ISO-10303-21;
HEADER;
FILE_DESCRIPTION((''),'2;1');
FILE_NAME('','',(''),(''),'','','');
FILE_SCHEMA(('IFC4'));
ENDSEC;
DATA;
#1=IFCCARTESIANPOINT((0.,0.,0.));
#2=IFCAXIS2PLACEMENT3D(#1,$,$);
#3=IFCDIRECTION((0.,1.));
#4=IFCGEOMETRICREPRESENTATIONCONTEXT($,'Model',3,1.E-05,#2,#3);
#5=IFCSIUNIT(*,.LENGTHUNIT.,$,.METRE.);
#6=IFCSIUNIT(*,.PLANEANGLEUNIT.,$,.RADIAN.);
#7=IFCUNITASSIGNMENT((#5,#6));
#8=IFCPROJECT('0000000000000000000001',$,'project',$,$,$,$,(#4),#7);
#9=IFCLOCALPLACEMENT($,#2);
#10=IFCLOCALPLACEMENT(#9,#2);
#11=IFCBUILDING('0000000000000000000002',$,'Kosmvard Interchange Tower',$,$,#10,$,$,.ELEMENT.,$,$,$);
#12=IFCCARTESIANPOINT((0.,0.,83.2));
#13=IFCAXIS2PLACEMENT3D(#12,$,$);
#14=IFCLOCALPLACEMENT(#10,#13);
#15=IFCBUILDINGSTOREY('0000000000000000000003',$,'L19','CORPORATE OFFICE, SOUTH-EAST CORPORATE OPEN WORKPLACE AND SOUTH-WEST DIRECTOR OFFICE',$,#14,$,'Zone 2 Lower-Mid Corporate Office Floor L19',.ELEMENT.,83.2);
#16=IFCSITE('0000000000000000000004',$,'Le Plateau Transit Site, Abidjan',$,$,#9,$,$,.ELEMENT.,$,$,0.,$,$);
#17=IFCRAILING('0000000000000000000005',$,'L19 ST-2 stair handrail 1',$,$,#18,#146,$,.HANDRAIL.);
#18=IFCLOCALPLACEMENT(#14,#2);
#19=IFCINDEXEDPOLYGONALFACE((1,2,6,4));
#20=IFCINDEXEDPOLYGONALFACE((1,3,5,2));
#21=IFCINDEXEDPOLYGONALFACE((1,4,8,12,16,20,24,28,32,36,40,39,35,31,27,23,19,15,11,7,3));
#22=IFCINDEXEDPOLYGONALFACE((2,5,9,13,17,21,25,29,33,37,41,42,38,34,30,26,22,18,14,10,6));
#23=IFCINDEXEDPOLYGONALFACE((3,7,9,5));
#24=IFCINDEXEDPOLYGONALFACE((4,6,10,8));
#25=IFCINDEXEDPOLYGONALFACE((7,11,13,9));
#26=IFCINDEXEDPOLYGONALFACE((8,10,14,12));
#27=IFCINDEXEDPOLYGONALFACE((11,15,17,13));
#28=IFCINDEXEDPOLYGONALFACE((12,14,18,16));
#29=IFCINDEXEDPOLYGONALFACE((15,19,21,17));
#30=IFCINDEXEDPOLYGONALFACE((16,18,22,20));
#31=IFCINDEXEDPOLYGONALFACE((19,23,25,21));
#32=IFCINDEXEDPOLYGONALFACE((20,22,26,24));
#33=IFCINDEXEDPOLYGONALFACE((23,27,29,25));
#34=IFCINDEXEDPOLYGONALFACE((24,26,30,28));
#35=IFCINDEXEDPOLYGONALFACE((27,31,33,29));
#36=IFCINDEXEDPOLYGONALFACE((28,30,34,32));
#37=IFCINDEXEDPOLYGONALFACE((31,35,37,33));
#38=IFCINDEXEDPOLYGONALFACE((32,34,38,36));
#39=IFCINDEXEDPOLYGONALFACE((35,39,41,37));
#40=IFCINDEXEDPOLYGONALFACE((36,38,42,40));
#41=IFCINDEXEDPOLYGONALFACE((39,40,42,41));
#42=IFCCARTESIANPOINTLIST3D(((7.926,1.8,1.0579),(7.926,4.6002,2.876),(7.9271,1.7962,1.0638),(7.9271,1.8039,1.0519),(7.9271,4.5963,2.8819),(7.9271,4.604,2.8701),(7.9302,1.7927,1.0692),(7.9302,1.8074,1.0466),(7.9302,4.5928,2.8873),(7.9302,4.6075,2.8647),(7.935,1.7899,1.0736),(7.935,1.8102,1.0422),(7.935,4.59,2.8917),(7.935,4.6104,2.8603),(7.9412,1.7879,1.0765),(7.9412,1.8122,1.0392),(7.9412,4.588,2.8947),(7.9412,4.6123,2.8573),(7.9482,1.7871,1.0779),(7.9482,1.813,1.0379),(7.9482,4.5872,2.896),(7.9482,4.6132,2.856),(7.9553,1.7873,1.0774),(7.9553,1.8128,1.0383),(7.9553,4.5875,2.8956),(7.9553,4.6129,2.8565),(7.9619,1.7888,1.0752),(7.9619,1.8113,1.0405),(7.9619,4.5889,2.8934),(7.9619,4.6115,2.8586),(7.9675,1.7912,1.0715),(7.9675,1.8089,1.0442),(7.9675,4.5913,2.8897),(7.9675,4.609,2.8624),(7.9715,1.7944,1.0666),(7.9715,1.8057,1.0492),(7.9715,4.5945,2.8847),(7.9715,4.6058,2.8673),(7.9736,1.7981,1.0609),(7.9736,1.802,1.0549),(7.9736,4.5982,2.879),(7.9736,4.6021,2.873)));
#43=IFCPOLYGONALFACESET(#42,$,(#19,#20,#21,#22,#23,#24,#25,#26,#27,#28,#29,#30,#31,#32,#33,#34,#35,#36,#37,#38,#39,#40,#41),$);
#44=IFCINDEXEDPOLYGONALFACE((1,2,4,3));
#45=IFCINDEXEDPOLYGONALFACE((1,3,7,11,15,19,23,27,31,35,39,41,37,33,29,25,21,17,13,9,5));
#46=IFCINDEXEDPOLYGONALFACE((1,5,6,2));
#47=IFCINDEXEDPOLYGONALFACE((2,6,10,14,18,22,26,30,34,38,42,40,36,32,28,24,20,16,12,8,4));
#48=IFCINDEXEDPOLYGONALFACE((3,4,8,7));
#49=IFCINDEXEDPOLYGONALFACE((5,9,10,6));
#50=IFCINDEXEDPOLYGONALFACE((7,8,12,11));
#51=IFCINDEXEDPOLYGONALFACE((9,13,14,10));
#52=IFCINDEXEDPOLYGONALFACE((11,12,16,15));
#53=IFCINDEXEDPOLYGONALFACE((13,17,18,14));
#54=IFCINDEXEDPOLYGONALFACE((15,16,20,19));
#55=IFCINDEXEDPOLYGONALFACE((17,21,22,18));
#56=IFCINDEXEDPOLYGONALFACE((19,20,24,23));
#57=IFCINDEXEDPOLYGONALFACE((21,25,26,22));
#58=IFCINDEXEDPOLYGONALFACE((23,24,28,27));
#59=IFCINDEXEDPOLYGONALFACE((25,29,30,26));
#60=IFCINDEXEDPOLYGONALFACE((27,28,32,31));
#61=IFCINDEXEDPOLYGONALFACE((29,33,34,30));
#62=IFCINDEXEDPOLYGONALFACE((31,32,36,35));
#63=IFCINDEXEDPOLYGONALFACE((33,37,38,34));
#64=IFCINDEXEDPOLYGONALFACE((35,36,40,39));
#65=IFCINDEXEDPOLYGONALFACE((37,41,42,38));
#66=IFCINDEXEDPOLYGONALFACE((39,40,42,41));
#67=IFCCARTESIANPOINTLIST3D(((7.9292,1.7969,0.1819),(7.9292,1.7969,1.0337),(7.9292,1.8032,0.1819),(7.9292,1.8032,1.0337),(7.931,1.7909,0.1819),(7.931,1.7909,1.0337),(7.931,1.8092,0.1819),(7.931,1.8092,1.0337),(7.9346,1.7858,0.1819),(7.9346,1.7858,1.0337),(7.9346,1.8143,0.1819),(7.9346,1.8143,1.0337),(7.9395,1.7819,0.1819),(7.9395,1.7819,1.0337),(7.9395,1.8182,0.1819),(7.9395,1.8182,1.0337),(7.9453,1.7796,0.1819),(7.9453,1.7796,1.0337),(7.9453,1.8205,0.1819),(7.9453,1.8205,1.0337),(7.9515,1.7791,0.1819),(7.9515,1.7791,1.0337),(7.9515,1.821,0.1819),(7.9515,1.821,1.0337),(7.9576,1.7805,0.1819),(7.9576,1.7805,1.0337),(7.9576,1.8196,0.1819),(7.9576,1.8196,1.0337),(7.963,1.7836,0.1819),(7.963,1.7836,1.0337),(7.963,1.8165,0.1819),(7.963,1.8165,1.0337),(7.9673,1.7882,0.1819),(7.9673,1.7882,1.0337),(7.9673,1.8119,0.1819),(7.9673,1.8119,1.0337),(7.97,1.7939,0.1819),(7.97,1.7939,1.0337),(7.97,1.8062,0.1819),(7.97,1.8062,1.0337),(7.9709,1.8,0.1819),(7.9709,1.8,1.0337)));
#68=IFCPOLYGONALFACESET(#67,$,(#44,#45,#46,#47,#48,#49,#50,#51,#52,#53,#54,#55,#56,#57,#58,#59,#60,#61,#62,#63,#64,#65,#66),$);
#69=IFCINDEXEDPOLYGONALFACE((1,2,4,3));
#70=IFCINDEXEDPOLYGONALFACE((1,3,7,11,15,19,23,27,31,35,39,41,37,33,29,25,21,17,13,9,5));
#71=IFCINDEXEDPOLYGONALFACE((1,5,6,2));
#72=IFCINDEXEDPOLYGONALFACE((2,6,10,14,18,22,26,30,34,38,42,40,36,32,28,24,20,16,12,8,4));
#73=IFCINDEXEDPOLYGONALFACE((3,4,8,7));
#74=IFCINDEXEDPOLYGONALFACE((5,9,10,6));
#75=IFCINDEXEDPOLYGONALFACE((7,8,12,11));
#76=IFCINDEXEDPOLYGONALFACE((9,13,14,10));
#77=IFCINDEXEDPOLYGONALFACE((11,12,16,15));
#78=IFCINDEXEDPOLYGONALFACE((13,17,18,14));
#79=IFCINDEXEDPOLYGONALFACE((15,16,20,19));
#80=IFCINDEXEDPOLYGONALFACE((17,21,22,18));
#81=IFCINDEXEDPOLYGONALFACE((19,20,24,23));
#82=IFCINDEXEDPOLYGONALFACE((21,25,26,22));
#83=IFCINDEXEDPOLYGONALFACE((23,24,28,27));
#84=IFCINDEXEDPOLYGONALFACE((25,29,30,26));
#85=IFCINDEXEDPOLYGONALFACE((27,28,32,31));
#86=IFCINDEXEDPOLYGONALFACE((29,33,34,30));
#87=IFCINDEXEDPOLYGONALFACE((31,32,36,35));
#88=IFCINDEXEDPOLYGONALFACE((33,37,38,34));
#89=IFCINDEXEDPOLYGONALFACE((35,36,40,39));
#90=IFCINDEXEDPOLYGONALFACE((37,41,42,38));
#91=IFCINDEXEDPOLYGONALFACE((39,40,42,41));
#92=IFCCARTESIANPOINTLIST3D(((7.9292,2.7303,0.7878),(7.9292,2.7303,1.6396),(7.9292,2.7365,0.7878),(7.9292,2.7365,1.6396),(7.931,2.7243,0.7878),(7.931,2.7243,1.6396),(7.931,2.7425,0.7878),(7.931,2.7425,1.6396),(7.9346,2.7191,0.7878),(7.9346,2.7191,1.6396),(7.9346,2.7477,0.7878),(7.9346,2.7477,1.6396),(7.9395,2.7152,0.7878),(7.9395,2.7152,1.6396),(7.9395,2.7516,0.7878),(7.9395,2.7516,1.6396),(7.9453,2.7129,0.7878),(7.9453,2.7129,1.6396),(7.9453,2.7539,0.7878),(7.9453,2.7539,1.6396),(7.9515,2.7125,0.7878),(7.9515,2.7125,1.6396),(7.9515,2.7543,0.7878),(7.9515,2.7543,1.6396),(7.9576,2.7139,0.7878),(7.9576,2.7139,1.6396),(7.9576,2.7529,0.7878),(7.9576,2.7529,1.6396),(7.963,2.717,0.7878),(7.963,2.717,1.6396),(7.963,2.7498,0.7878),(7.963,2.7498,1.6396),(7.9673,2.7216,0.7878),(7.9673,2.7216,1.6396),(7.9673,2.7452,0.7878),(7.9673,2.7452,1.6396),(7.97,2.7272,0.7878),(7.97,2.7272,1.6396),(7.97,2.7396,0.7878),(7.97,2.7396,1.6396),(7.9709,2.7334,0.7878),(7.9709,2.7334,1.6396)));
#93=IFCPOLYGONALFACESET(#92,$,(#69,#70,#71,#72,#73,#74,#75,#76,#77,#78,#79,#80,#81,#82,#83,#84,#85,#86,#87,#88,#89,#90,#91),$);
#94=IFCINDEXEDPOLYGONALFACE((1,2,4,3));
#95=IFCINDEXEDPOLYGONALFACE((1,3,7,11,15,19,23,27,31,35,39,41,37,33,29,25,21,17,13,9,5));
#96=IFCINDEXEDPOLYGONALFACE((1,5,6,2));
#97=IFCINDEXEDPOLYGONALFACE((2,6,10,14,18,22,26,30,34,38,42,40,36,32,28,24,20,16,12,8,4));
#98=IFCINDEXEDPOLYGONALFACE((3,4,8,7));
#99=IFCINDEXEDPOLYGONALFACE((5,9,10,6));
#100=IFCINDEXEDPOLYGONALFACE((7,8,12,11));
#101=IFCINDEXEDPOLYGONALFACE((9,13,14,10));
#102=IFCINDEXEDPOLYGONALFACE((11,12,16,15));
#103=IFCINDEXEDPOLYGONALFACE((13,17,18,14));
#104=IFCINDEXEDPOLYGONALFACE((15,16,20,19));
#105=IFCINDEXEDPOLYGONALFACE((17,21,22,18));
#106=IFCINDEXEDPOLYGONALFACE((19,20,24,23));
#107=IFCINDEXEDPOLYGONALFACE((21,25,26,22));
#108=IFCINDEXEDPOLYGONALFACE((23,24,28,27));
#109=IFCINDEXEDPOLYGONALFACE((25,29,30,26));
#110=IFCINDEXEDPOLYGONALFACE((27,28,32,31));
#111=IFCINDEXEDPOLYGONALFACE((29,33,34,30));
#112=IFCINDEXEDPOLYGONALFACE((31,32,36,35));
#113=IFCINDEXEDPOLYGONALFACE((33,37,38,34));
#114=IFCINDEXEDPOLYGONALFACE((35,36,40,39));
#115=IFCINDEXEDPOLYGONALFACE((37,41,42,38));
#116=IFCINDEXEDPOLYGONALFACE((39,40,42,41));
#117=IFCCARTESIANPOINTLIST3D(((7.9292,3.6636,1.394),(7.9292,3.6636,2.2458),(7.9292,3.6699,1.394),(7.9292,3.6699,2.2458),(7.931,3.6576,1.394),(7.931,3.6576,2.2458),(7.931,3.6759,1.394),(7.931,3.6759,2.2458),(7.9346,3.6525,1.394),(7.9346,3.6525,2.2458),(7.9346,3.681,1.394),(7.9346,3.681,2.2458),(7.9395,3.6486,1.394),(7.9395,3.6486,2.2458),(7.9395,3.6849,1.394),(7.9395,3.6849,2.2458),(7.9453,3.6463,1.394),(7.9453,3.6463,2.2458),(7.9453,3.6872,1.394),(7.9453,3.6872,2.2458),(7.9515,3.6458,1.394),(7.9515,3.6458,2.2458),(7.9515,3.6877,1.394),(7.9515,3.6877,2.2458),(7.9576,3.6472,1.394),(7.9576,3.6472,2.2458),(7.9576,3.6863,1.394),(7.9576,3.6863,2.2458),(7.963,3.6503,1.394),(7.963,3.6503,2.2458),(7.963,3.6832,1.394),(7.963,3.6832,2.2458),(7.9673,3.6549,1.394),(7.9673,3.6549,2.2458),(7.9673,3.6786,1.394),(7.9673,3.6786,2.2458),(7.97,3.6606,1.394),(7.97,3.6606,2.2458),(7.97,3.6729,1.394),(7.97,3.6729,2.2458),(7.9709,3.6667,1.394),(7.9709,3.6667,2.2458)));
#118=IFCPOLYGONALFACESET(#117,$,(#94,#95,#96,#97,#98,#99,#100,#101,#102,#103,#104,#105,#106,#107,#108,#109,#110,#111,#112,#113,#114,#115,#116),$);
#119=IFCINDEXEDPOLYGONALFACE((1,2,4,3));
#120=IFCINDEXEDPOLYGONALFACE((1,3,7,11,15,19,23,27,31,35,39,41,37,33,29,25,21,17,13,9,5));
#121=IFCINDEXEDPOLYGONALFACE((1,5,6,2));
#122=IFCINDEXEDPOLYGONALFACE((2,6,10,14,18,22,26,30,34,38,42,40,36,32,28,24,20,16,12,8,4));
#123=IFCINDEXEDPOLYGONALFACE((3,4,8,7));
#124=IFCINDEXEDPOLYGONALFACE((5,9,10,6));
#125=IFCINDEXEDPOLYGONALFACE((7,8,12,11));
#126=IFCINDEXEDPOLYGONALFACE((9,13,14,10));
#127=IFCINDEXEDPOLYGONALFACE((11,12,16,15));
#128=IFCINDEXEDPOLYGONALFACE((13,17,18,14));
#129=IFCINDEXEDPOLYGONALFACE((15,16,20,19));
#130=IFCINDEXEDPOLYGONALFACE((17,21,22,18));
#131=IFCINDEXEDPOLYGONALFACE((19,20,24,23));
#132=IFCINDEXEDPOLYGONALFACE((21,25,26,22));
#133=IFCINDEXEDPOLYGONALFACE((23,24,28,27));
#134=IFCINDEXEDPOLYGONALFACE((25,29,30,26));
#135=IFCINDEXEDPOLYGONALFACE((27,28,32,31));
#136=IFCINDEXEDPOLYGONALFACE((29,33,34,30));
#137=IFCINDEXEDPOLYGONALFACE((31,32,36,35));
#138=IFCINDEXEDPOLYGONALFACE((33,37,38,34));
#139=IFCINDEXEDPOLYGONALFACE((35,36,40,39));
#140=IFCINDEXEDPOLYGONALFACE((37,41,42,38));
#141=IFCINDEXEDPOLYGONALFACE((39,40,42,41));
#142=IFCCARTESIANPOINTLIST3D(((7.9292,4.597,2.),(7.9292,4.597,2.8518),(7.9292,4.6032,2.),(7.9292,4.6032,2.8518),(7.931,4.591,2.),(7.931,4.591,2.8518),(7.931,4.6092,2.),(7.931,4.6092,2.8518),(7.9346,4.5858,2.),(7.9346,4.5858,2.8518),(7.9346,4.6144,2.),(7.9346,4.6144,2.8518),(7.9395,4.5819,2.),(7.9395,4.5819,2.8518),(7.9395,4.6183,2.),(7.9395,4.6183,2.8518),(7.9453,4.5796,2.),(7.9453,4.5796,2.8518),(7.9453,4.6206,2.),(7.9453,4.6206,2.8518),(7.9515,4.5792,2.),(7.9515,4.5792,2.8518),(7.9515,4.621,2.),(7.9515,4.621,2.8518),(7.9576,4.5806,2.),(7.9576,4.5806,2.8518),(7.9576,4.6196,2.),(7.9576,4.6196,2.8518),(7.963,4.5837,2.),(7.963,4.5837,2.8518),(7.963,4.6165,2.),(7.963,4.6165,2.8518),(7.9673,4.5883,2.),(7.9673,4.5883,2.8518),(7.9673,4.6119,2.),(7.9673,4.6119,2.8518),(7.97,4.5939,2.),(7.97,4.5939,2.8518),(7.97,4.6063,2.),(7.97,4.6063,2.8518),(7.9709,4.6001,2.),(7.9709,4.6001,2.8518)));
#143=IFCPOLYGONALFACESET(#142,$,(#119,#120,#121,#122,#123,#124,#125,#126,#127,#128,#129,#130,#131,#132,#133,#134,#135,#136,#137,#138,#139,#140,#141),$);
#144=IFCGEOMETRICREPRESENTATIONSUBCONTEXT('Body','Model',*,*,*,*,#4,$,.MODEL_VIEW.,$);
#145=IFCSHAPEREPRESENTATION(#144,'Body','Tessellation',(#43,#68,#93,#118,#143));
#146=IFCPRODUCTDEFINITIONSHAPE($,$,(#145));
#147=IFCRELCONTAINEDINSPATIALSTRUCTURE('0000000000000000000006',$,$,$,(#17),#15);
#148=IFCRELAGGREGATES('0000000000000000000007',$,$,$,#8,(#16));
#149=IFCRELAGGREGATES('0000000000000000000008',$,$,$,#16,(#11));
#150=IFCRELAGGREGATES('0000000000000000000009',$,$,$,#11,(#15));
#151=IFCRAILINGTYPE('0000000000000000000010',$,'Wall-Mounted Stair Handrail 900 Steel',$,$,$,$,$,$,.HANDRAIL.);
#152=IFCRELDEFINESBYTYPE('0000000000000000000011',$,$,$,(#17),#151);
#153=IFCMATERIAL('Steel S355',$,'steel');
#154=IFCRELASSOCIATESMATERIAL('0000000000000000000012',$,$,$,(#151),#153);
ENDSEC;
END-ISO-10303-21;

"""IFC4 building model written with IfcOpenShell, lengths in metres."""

from ifc_helpers import new_model, si_unit, direction, frame, origin, origin_2d, place, context, subcontext, project, spatial, circle, extrude, source, transform, mapped, material, type_object, element, save


model = new_model("IFC4")

# Units and contexts
model_context = context("Model", 3, precision=1e-05, world=origin(), true_north=direction((0.0, 1.0)))
body_context = subcontext(model_context, "Body", "Model", "MODEL_VIEW")
ifc_project = project(units=[si_unit("LENGTHUNIT", "METRE"), si_unit("PLANEANGLEUNIT", "RADIAN")], contexts=[model_context])

# Site, building, storey
site_placement = place(None, origin())
site = spatial("IfcSite", under=ifc_project, at=site_placement, Name="Le Plateau Transit Site, Abidjan", CompositionType="ELEMENT", RefElevation=0.0)
building_placement = place(site_placement, origin())
building = spatial("IfcBuilding", under=site, at=building_placement, Name="Kosmvard Interchange Tower", CompositionType="ELEMENT")
storey_placement = place(building_placement, frame((0.0, 0.0, 83.2)))
storey = spatial("IfcBuildingStorey", under=building, at=storey_placement, Name="L19", Description="CORPORATE OFFICE, SOUTH-EAST CORPORATE OPEN WORKPLACE AND SOUTH-WEST DIRECTOR OFFICE", LongName="Zone 2 Lower-Mid Corporate Office Floor L19", CompositionType="ELEMENT", Elevation=83.2)

# Shared definitions
ifc_material_1 = material(Name="Steel S355", Category="steel")

# Railing
railing_type_1 = type_object("IfcRailingType", Name="Wall-Mounted Stair Handrail 900 Steel", PredefinedType="HANDRAIL", material=ifc_material_1)
shared_shape_1 = source(origin(), body_context, "Body", "SweptSolid", [
    extrude(circle(Radius=0.0239, at=origin_2d()), frame((0.0, 0.0, 0.876), z_axis=(0.0, 0.838706, 0.544585), x_axis=(-1.0, 0.0, 0.0)), (0.0, 0.0, 1.0), 3.3386),
    extrude(circle(Radius=0.021, at=origin_2d()), origin(), (0.0, 0.0, 1.0), 0.8518),
    extrude(circle(Radius=0.021, at=origin_2d()), frame((0.0, 0.9333, 0.606)), (0.0, 0.0, 1.0), 0.8518),
    extrude(circle(Radius=0.021, at=origin_2d()), frame((0.0, 1.8667, 1.2122)), (0.0, 0.0, 1.0), 0.8518),
    extrude(circle(Radius=0.021, at=origin_2d()), frame((0.0, 2.8, 1.8181)), (0.0, 0.0, 1.0), 0.8518),
])
railing_1_placement = place(storey_placement, frame((7.95, 1.8, 0.1819)))
element("IfcRailing", 1, at=railing_1_placement, inside=storey, type_object=railing_type_1, Name="L19 ST-2 stair handrail 1", PredefinedType="HANDRAIL", context=body_context, shape_type="MappedRepresentation", body=[
    mapped(shared_shape_1, transform((0.0, 0.0, 0.0), scale=1.0)),
])

save(model, "model.ifc")
